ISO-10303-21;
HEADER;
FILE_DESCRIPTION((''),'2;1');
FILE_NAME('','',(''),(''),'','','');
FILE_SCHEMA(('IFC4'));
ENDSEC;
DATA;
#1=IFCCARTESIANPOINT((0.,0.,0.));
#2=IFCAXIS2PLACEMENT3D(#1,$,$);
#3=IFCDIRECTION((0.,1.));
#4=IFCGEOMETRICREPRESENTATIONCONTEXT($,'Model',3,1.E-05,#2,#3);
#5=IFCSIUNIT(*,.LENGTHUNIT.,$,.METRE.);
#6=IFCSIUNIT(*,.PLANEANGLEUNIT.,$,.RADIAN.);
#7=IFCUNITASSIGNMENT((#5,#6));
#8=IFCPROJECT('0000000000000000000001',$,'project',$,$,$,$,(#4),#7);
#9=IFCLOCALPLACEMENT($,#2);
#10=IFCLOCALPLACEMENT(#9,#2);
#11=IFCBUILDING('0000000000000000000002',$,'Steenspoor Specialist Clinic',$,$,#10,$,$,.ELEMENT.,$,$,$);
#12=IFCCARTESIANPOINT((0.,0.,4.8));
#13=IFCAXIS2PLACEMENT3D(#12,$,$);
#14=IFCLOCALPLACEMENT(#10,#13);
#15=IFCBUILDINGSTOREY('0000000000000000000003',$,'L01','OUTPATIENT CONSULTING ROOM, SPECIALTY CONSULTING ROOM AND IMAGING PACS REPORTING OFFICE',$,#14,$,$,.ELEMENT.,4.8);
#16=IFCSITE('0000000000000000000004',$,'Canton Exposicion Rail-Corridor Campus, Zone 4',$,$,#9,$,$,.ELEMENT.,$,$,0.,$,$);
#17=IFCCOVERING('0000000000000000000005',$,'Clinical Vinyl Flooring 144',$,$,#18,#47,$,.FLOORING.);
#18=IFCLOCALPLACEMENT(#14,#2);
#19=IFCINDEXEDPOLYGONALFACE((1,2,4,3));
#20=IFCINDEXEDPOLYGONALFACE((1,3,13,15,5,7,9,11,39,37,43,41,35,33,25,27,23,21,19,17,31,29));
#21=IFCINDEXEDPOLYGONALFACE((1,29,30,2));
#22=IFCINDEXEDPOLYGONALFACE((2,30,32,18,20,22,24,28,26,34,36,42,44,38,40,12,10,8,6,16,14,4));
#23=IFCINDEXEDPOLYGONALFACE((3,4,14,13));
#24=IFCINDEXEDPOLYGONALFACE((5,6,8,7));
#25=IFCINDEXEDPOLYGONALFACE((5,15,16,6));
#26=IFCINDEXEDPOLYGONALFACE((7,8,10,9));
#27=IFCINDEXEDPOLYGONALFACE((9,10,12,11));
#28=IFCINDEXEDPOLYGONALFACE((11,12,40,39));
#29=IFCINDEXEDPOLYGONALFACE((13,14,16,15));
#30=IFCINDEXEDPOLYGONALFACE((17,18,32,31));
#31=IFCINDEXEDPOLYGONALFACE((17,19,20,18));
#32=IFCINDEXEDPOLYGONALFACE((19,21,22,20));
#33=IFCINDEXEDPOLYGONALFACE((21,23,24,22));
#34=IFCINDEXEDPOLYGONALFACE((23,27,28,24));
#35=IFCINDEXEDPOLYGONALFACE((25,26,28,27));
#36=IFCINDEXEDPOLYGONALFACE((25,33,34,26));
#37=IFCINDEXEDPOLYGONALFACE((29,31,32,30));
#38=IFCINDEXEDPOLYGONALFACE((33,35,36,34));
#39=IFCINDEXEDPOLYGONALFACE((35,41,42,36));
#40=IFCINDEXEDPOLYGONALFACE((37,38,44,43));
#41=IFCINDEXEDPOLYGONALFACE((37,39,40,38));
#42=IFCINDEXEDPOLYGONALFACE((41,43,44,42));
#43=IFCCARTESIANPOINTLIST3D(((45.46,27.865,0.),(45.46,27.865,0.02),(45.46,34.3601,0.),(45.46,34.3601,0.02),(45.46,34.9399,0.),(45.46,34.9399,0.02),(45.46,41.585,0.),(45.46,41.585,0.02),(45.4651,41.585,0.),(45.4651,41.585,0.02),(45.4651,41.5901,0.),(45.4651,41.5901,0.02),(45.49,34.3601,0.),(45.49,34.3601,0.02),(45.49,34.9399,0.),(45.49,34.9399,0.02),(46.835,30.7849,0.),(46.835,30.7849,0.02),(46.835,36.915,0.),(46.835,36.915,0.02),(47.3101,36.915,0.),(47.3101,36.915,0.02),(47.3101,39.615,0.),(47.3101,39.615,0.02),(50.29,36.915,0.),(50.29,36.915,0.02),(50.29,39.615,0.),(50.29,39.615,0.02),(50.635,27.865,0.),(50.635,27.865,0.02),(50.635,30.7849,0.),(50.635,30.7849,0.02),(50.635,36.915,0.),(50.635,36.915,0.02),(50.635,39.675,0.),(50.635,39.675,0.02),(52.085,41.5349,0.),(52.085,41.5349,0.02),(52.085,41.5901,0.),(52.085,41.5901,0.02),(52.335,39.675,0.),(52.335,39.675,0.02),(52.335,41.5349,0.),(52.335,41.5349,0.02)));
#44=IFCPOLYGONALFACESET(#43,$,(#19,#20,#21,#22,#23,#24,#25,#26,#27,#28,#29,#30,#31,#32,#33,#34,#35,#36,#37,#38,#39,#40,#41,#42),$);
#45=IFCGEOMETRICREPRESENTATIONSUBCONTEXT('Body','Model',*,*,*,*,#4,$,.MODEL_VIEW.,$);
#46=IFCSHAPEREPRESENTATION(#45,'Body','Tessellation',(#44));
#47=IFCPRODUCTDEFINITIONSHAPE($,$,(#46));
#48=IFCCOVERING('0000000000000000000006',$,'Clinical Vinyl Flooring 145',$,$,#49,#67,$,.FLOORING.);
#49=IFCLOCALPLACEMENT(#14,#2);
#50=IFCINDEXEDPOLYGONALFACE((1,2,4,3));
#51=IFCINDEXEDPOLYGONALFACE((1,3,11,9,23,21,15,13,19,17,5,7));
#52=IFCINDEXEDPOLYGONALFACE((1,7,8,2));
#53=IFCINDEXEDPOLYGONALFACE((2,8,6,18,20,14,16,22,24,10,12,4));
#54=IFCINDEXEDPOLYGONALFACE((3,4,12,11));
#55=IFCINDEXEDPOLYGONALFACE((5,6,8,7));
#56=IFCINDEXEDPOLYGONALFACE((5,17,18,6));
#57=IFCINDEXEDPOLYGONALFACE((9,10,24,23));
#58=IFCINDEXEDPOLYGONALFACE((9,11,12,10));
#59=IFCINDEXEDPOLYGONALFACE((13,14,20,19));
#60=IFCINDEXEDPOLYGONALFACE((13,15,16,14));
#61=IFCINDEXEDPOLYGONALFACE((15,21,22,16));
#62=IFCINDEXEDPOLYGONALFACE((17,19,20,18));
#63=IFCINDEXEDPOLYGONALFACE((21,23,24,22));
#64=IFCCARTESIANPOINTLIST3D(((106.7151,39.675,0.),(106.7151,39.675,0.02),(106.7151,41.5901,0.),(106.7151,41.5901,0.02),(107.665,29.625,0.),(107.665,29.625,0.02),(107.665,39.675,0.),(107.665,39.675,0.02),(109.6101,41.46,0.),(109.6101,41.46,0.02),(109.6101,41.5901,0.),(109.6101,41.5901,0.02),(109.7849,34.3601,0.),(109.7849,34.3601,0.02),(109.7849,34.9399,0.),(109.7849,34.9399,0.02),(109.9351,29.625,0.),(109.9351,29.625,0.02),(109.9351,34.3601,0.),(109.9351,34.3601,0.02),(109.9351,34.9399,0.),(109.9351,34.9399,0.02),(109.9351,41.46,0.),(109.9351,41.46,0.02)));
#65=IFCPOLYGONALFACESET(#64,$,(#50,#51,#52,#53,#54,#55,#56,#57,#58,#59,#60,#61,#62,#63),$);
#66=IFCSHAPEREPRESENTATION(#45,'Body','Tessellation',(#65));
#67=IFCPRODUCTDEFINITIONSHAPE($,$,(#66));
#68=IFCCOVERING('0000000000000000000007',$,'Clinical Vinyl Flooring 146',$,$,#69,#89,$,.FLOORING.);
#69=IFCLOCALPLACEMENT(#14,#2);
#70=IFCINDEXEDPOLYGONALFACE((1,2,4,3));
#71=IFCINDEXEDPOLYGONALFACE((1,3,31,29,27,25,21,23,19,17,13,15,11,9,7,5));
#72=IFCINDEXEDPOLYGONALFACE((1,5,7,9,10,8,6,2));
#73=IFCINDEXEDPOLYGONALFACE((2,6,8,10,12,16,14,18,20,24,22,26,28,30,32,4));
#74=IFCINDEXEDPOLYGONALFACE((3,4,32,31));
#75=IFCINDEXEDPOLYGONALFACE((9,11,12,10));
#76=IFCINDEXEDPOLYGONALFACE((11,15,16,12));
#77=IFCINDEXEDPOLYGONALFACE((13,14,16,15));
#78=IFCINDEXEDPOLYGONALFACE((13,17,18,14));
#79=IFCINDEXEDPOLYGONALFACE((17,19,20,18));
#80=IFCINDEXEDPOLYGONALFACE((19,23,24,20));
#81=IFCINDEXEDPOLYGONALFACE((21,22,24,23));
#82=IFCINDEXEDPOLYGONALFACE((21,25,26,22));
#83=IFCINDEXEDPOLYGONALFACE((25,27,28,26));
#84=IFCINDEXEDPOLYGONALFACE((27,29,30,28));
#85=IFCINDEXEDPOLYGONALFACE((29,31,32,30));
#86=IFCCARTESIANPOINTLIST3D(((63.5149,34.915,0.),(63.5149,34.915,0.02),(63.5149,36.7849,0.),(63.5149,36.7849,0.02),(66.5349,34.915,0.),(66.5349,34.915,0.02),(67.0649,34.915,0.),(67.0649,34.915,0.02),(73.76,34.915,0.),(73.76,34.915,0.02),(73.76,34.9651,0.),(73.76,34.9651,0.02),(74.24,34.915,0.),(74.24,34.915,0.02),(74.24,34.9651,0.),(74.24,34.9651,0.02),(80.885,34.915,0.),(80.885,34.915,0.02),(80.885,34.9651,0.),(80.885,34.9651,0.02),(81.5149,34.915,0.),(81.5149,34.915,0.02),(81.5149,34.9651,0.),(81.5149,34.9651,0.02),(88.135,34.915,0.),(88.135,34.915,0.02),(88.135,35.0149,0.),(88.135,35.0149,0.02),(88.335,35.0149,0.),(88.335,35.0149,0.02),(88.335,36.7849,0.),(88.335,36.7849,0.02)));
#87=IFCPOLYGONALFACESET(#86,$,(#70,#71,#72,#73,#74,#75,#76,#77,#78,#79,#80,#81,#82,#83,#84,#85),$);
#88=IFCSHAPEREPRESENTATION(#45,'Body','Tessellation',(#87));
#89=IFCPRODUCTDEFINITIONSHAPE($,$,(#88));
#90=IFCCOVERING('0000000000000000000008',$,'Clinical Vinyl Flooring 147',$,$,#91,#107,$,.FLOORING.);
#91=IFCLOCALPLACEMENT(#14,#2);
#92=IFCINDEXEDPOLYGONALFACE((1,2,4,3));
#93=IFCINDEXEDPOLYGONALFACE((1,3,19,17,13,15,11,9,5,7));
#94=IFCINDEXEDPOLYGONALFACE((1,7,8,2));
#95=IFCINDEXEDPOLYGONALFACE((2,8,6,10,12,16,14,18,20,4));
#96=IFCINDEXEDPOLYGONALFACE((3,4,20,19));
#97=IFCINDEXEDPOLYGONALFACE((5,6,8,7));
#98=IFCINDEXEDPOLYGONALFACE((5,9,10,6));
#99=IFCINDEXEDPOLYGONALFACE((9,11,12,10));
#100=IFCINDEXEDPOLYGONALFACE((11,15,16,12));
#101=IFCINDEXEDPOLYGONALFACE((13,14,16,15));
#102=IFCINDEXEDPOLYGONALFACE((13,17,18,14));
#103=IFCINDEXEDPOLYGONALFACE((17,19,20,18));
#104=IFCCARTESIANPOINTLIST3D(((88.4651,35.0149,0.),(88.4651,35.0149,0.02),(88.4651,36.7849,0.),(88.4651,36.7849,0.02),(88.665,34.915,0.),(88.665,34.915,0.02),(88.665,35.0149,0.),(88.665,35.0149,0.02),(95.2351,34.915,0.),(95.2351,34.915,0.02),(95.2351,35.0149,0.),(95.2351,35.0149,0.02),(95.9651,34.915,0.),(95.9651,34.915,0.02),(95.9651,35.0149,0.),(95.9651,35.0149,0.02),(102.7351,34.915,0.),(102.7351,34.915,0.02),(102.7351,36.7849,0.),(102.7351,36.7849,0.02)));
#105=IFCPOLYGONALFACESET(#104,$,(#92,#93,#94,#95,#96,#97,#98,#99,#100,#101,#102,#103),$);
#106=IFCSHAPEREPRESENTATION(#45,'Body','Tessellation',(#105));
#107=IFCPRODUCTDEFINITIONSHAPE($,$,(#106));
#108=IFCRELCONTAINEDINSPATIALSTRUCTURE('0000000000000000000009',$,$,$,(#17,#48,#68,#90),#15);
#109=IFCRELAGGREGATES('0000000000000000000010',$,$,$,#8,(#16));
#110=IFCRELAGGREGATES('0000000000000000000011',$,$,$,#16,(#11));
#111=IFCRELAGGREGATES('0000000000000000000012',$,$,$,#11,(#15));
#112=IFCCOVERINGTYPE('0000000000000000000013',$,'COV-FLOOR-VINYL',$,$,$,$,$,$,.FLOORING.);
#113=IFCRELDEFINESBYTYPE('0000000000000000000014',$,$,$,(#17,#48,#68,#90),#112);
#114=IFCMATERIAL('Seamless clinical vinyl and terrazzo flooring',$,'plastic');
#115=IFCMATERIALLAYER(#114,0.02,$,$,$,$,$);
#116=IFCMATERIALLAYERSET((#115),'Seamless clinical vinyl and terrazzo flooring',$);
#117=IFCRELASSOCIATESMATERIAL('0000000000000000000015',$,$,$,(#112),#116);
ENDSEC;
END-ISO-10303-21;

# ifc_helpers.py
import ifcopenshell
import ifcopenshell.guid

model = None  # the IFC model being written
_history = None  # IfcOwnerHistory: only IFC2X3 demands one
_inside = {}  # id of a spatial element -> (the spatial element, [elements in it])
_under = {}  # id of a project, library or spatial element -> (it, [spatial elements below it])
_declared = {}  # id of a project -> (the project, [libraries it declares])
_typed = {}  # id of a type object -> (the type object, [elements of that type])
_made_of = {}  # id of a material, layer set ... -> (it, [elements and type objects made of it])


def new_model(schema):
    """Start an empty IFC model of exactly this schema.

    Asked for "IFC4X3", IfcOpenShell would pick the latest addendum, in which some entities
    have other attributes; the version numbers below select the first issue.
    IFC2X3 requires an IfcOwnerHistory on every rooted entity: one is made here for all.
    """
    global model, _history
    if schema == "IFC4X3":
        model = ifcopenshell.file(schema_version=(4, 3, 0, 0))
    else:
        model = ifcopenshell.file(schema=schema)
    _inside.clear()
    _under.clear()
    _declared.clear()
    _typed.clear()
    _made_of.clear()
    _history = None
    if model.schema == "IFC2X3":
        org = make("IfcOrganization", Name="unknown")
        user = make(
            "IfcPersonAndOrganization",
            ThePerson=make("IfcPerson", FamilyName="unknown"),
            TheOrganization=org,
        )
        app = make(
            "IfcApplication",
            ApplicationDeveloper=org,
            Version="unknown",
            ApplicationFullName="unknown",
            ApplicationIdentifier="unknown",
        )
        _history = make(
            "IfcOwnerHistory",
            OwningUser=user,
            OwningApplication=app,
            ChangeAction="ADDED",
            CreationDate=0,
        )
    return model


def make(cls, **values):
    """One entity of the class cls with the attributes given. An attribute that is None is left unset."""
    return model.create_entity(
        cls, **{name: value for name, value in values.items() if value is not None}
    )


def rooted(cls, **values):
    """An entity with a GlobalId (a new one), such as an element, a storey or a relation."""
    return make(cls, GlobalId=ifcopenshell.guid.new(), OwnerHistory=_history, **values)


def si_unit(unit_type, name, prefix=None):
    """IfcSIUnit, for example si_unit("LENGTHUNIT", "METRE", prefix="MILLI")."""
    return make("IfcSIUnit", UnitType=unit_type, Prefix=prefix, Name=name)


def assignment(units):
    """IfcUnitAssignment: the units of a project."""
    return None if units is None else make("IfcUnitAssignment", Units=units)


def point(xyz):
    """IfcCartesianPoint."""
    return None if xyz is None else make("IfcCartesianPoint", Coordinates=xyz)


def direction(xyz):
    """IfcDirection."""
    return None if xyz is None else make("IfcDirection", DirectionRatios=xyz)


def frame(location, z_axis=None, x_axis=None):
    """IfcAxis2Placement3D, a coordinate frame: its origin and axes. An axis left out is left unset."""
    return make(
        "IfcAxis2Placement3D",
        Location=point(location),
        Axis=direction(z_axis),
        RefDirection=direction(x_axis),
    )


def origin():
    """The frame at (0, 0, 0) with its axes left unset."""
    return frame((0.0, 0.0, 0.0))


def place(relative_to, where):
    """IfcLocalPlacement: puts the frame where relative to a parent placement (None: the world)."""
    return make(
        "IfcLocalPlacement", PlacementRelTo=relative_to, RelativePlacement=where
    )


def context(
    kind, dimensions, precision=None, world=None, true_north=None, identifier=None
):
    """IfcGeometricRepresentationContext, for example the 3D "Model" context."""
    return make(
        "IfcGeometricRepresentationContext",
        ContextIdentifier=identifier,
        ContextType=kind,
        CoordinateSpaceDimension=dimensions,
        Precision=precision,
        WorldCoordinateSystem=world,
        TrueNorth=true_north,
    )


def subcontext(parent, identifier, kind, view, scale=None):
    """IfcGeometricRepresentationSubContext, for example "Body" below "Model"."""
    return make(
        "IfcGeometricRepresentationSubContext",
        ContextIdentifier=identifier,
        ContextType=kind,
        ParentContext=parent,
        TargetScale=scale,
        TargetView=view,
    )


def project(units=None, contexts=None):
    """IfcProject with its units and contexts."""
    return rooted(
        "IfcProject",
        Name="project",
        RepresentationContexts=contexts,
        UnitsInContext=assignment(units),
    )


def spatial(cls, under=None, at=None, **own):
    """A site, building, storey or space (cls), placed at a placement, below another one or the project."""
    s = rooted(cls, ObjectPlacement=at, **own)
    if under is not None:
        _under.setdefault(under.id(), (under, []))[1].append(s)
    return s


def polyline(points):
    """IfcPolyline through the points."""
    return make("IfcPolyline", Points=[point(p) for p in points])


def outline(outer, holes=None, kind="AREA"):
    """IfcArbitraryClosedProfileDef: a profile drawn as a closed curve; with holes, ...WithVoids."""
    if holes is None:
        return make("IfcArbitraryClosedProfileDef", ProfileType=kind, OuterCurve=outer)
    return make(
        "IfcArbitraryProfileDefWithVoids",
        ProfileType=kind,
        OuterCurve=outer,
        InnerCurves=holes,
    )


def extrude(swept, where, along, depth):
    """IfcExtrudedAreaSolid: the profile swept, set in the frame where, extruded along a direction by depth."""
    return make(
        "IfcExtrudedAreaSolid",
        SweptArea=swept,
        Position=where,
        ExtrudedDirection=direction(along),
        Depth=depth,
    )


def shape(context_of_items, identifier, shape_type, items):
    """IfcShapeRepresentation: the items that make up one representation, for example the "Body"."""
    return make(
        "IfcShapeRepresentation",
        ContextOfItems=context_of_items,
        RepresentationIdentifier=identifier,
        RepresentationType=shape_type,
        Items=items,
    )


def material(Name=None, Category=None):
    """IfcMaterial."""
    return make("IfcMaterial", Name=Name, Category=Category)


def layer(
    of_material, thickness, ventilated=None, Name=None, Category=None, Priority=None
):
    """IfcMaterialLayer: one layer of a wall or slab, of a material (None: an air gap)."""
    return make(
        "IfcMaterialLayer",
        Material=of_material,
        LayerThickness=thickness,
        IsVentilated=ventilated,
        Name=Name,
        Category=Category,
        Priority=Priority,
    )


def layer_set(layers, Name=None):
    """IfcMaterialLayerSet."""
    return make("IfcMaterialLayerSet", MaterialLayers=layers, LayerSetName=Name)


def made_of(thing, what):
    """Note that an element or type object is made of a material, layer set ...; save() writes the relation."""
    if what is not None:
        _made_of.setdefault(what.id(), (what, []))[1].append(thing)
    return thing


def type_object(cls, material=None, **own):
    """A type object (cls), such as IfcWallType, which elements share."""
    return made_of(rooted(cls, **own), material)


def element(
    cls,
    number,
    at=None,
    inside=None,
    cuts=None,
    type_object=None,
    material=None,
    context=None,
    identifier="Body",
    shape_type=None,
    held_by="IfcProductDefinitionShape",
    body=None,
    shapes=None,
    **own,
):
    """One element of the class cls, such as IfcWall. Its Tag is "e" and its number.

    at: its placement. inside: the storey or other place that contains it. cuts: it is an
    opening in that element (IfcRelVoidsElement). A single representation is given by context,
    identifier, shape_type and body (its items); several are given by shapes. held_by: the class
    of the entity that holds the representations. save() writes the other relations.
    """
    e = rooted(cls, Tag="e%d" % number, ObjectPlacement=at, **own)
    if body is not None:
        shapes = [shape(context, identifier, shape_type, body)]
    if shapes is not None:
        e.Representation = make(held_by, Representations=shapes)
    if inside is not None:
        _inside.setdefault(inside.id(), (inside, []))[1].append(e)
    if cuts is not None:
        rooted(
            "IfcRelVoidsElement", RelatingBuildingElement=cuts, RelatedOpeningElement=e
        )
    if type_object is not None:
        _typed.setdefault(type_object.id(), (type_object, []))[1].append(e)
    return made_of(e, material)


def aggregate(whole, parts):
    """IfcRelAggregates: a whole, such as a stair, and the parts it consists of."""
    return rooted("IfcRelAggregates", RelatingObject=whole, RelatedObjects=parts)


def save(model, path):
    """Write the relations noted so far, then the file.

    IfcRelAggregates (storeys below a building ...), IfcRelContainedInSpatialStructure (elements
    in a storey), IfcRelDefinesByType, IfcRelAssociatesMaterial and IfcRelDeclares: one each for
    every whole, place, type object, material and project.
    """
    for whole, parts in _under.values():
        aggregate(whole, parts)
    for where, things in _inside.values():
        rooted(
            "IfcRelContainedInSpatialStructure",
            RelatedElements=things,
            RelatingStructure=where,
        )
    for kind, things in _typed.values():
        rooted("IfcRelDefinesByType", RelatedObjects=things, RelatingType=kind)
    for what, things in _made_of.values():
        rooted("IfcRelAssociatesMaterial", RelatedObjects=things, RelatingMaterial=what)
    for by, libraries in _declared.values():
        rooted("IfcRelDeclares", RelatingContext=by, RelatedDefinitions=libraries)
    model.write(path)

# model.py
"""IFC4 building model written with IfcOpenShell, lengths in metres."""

from ifc_helpers import new_model, si_unit, direction, frame, origin, place, context, subcontext, project, spatial, polyline, outline, extrude, material, layer, layer_set, type_object, element, save


model = new_model("IFC4")

# Units and contexts
model_context = context("Model", 3, precision=1e-05, world=origin(), true_north=direction((0.0, 1.0)))
body_context = subcontext(model_context, "Body", "Model", "MODEL_VIEW")
ifc_project = project(units=[si_unit("LENGTHUNIT", "METRE"), si_unit("PLANEANGLEUNIT", "RADIAN")], contexts=[model_context])

# Site, building, storey
site_placement = place(None, origin())
site = spatial("IfcSite", under=ifc_project, at=site_placement, Name="Canton Exposicion Rail-Corridor Campus, Zone 4", CompositionType="ELEMENT", RefElevation=0.0)
building_placement = place(site_placement, origin())
building = spatial("IfcBuilding", under=site, at=building_placement, Name="Steenspoor Specialist Clinic", CompositionType="ELEMENT")
storey_placement = place(building_placement, frame((0.0, 0.0, 4.8)))
storey = spatial("IfcBuildingStorey", under=building, at=storey_placement, Name="L01", Description="OUTPATIENT CONSULTING ROOM, SPECIALTY CONSULTING ROOM AND IMAGING PACS REPORTING OFFICE", CompositionType="ELEMENT", Elevation=4.8)

# Coverings
ifc_material_1 = material(Name="Seamless clinical vinyl and terrazzo flooring", Category="plastic")
ifc_layer_1 = layer(ifc_material_1, 0.02)
ifc_layer_set_1 = layer_set([ifc_layer_1], Name="Seamless clinical vinyl and terrazzo flooring")
covering_type = type_object("IfcCoveringType", Name="COV-FLOOR-VINYL", PredefinedType="FLOORING", material=ifc_layer_set_1)
covering_1_placement = place(storey_placement, origin())
element("IfcCovering", 1, at=covering_1_placement, inside=storey, type_object=covering_type, Name="Clinical Vinyl Flooring 144", PredefinedType="FLOORING", context=body_context, shape_type="SweptSolid", body=[
    extrude(outline(polyline([(50.635, 39.675), (50.635, 36.915), (50.29, 36.915), (50.29, 39.615), (47.3101, 39.615), (47.3101, 36.915), (46.835, 36.915), (46.835, 30.7849), (50.635, 30.7849), (50.635, 27.865), (45.46, 27.865), (45.46, 34.3601), (45.49, 34.3601), (45.49, 34.9399), (45.46, 34.9399), (45.46, 41.585), (45.4651, 41.585), (45.4651, 41.5901), (52.085, 41.5901), (52.085, 41.5349), (52.335, 41.5349), (52.335, 39.675), (50.635, 39.675)])), origin(), (0.0, 0.0, 1.0), 0.02),
])
covering_2_placement = place(storey_placement, origin())
element("IfcCovering", 2, at=covering_2_placement, inside=storey, type_object=covering_type, Name="Clinical Vinyl Flooring 145", PredefinedType="FLOORING", context=body_context, shape_type="SweptSolid", body=[
    extrude(outline(polyline([(107.665, 29.625), (107.665, 39.675), (106.7151, 39.675), (106.7151, 41.5901), (109.6101, 41.5901), (109.6101, 41.46), (109.9351, 41.46), (109.9351, 34.9399), (109.7849, 34.9399), (109.7849, 34.3601), (109.9351, 34.3601), (109.9351, 29.625), (107.665, 29.625)])), origin(), (0.0, 0.0, 1.0), 0.02),
])
covering_3_placement = place(storey_placement, origin())
element("IfcCovering", 3, at=covering_3_placement, inside=storey, type_object=covering_type, Name="Clinical Vinyl Flooring 146", PredefinedType="FLOORING", context=body_context, shape_type="SweptSolid", body=[
    extrude(outline(polyline([(81.5149, 34.915), (81.5149, 34.9651), (80.885, 34.9651), (80.885, 34.915), (74.24, 34.915), (74.24, 34.9651), (73.76, 34.9651), (73.76, 34.915), (67.0649, 34.915), (66.5349, 34.915), (63.5149, 34.915), (63.5149, 36.7849), (88.335, 36.7849), (88.335, 35.0149), (88.135, 35.0149), (88.135, 34.915), (81.5149, 34.915)])), origin(), (0.0, 0.0, 1.0), 0.02),
])
covering_4_placement = place(storey_placement, origin())
element("IfcCovering", 4, at=covering_4_placement, inside=storey, type_object=covering_type, Name="Clinical Vinyl Flooring 147", PredefinedType="FLOORING", context=body_context, shape_type="SweptSolid", body=[
    extrude(outline(polyline([(102.7351, 34.915), (95.9651, 34.915), (95.9651, 35.0149), (95.2351, 35.0149), (95.2351, 34.915), (88.665, 34.915), (88.665, 35.0149), (88.4651, 35.0149), (88.4651, 36.7849), (102.7351, 36.7849), (102.7351, 34.915)])), origin(), (0.0, 0.0, 1.0), 0.02),
])

save(model, "model.ifc")
